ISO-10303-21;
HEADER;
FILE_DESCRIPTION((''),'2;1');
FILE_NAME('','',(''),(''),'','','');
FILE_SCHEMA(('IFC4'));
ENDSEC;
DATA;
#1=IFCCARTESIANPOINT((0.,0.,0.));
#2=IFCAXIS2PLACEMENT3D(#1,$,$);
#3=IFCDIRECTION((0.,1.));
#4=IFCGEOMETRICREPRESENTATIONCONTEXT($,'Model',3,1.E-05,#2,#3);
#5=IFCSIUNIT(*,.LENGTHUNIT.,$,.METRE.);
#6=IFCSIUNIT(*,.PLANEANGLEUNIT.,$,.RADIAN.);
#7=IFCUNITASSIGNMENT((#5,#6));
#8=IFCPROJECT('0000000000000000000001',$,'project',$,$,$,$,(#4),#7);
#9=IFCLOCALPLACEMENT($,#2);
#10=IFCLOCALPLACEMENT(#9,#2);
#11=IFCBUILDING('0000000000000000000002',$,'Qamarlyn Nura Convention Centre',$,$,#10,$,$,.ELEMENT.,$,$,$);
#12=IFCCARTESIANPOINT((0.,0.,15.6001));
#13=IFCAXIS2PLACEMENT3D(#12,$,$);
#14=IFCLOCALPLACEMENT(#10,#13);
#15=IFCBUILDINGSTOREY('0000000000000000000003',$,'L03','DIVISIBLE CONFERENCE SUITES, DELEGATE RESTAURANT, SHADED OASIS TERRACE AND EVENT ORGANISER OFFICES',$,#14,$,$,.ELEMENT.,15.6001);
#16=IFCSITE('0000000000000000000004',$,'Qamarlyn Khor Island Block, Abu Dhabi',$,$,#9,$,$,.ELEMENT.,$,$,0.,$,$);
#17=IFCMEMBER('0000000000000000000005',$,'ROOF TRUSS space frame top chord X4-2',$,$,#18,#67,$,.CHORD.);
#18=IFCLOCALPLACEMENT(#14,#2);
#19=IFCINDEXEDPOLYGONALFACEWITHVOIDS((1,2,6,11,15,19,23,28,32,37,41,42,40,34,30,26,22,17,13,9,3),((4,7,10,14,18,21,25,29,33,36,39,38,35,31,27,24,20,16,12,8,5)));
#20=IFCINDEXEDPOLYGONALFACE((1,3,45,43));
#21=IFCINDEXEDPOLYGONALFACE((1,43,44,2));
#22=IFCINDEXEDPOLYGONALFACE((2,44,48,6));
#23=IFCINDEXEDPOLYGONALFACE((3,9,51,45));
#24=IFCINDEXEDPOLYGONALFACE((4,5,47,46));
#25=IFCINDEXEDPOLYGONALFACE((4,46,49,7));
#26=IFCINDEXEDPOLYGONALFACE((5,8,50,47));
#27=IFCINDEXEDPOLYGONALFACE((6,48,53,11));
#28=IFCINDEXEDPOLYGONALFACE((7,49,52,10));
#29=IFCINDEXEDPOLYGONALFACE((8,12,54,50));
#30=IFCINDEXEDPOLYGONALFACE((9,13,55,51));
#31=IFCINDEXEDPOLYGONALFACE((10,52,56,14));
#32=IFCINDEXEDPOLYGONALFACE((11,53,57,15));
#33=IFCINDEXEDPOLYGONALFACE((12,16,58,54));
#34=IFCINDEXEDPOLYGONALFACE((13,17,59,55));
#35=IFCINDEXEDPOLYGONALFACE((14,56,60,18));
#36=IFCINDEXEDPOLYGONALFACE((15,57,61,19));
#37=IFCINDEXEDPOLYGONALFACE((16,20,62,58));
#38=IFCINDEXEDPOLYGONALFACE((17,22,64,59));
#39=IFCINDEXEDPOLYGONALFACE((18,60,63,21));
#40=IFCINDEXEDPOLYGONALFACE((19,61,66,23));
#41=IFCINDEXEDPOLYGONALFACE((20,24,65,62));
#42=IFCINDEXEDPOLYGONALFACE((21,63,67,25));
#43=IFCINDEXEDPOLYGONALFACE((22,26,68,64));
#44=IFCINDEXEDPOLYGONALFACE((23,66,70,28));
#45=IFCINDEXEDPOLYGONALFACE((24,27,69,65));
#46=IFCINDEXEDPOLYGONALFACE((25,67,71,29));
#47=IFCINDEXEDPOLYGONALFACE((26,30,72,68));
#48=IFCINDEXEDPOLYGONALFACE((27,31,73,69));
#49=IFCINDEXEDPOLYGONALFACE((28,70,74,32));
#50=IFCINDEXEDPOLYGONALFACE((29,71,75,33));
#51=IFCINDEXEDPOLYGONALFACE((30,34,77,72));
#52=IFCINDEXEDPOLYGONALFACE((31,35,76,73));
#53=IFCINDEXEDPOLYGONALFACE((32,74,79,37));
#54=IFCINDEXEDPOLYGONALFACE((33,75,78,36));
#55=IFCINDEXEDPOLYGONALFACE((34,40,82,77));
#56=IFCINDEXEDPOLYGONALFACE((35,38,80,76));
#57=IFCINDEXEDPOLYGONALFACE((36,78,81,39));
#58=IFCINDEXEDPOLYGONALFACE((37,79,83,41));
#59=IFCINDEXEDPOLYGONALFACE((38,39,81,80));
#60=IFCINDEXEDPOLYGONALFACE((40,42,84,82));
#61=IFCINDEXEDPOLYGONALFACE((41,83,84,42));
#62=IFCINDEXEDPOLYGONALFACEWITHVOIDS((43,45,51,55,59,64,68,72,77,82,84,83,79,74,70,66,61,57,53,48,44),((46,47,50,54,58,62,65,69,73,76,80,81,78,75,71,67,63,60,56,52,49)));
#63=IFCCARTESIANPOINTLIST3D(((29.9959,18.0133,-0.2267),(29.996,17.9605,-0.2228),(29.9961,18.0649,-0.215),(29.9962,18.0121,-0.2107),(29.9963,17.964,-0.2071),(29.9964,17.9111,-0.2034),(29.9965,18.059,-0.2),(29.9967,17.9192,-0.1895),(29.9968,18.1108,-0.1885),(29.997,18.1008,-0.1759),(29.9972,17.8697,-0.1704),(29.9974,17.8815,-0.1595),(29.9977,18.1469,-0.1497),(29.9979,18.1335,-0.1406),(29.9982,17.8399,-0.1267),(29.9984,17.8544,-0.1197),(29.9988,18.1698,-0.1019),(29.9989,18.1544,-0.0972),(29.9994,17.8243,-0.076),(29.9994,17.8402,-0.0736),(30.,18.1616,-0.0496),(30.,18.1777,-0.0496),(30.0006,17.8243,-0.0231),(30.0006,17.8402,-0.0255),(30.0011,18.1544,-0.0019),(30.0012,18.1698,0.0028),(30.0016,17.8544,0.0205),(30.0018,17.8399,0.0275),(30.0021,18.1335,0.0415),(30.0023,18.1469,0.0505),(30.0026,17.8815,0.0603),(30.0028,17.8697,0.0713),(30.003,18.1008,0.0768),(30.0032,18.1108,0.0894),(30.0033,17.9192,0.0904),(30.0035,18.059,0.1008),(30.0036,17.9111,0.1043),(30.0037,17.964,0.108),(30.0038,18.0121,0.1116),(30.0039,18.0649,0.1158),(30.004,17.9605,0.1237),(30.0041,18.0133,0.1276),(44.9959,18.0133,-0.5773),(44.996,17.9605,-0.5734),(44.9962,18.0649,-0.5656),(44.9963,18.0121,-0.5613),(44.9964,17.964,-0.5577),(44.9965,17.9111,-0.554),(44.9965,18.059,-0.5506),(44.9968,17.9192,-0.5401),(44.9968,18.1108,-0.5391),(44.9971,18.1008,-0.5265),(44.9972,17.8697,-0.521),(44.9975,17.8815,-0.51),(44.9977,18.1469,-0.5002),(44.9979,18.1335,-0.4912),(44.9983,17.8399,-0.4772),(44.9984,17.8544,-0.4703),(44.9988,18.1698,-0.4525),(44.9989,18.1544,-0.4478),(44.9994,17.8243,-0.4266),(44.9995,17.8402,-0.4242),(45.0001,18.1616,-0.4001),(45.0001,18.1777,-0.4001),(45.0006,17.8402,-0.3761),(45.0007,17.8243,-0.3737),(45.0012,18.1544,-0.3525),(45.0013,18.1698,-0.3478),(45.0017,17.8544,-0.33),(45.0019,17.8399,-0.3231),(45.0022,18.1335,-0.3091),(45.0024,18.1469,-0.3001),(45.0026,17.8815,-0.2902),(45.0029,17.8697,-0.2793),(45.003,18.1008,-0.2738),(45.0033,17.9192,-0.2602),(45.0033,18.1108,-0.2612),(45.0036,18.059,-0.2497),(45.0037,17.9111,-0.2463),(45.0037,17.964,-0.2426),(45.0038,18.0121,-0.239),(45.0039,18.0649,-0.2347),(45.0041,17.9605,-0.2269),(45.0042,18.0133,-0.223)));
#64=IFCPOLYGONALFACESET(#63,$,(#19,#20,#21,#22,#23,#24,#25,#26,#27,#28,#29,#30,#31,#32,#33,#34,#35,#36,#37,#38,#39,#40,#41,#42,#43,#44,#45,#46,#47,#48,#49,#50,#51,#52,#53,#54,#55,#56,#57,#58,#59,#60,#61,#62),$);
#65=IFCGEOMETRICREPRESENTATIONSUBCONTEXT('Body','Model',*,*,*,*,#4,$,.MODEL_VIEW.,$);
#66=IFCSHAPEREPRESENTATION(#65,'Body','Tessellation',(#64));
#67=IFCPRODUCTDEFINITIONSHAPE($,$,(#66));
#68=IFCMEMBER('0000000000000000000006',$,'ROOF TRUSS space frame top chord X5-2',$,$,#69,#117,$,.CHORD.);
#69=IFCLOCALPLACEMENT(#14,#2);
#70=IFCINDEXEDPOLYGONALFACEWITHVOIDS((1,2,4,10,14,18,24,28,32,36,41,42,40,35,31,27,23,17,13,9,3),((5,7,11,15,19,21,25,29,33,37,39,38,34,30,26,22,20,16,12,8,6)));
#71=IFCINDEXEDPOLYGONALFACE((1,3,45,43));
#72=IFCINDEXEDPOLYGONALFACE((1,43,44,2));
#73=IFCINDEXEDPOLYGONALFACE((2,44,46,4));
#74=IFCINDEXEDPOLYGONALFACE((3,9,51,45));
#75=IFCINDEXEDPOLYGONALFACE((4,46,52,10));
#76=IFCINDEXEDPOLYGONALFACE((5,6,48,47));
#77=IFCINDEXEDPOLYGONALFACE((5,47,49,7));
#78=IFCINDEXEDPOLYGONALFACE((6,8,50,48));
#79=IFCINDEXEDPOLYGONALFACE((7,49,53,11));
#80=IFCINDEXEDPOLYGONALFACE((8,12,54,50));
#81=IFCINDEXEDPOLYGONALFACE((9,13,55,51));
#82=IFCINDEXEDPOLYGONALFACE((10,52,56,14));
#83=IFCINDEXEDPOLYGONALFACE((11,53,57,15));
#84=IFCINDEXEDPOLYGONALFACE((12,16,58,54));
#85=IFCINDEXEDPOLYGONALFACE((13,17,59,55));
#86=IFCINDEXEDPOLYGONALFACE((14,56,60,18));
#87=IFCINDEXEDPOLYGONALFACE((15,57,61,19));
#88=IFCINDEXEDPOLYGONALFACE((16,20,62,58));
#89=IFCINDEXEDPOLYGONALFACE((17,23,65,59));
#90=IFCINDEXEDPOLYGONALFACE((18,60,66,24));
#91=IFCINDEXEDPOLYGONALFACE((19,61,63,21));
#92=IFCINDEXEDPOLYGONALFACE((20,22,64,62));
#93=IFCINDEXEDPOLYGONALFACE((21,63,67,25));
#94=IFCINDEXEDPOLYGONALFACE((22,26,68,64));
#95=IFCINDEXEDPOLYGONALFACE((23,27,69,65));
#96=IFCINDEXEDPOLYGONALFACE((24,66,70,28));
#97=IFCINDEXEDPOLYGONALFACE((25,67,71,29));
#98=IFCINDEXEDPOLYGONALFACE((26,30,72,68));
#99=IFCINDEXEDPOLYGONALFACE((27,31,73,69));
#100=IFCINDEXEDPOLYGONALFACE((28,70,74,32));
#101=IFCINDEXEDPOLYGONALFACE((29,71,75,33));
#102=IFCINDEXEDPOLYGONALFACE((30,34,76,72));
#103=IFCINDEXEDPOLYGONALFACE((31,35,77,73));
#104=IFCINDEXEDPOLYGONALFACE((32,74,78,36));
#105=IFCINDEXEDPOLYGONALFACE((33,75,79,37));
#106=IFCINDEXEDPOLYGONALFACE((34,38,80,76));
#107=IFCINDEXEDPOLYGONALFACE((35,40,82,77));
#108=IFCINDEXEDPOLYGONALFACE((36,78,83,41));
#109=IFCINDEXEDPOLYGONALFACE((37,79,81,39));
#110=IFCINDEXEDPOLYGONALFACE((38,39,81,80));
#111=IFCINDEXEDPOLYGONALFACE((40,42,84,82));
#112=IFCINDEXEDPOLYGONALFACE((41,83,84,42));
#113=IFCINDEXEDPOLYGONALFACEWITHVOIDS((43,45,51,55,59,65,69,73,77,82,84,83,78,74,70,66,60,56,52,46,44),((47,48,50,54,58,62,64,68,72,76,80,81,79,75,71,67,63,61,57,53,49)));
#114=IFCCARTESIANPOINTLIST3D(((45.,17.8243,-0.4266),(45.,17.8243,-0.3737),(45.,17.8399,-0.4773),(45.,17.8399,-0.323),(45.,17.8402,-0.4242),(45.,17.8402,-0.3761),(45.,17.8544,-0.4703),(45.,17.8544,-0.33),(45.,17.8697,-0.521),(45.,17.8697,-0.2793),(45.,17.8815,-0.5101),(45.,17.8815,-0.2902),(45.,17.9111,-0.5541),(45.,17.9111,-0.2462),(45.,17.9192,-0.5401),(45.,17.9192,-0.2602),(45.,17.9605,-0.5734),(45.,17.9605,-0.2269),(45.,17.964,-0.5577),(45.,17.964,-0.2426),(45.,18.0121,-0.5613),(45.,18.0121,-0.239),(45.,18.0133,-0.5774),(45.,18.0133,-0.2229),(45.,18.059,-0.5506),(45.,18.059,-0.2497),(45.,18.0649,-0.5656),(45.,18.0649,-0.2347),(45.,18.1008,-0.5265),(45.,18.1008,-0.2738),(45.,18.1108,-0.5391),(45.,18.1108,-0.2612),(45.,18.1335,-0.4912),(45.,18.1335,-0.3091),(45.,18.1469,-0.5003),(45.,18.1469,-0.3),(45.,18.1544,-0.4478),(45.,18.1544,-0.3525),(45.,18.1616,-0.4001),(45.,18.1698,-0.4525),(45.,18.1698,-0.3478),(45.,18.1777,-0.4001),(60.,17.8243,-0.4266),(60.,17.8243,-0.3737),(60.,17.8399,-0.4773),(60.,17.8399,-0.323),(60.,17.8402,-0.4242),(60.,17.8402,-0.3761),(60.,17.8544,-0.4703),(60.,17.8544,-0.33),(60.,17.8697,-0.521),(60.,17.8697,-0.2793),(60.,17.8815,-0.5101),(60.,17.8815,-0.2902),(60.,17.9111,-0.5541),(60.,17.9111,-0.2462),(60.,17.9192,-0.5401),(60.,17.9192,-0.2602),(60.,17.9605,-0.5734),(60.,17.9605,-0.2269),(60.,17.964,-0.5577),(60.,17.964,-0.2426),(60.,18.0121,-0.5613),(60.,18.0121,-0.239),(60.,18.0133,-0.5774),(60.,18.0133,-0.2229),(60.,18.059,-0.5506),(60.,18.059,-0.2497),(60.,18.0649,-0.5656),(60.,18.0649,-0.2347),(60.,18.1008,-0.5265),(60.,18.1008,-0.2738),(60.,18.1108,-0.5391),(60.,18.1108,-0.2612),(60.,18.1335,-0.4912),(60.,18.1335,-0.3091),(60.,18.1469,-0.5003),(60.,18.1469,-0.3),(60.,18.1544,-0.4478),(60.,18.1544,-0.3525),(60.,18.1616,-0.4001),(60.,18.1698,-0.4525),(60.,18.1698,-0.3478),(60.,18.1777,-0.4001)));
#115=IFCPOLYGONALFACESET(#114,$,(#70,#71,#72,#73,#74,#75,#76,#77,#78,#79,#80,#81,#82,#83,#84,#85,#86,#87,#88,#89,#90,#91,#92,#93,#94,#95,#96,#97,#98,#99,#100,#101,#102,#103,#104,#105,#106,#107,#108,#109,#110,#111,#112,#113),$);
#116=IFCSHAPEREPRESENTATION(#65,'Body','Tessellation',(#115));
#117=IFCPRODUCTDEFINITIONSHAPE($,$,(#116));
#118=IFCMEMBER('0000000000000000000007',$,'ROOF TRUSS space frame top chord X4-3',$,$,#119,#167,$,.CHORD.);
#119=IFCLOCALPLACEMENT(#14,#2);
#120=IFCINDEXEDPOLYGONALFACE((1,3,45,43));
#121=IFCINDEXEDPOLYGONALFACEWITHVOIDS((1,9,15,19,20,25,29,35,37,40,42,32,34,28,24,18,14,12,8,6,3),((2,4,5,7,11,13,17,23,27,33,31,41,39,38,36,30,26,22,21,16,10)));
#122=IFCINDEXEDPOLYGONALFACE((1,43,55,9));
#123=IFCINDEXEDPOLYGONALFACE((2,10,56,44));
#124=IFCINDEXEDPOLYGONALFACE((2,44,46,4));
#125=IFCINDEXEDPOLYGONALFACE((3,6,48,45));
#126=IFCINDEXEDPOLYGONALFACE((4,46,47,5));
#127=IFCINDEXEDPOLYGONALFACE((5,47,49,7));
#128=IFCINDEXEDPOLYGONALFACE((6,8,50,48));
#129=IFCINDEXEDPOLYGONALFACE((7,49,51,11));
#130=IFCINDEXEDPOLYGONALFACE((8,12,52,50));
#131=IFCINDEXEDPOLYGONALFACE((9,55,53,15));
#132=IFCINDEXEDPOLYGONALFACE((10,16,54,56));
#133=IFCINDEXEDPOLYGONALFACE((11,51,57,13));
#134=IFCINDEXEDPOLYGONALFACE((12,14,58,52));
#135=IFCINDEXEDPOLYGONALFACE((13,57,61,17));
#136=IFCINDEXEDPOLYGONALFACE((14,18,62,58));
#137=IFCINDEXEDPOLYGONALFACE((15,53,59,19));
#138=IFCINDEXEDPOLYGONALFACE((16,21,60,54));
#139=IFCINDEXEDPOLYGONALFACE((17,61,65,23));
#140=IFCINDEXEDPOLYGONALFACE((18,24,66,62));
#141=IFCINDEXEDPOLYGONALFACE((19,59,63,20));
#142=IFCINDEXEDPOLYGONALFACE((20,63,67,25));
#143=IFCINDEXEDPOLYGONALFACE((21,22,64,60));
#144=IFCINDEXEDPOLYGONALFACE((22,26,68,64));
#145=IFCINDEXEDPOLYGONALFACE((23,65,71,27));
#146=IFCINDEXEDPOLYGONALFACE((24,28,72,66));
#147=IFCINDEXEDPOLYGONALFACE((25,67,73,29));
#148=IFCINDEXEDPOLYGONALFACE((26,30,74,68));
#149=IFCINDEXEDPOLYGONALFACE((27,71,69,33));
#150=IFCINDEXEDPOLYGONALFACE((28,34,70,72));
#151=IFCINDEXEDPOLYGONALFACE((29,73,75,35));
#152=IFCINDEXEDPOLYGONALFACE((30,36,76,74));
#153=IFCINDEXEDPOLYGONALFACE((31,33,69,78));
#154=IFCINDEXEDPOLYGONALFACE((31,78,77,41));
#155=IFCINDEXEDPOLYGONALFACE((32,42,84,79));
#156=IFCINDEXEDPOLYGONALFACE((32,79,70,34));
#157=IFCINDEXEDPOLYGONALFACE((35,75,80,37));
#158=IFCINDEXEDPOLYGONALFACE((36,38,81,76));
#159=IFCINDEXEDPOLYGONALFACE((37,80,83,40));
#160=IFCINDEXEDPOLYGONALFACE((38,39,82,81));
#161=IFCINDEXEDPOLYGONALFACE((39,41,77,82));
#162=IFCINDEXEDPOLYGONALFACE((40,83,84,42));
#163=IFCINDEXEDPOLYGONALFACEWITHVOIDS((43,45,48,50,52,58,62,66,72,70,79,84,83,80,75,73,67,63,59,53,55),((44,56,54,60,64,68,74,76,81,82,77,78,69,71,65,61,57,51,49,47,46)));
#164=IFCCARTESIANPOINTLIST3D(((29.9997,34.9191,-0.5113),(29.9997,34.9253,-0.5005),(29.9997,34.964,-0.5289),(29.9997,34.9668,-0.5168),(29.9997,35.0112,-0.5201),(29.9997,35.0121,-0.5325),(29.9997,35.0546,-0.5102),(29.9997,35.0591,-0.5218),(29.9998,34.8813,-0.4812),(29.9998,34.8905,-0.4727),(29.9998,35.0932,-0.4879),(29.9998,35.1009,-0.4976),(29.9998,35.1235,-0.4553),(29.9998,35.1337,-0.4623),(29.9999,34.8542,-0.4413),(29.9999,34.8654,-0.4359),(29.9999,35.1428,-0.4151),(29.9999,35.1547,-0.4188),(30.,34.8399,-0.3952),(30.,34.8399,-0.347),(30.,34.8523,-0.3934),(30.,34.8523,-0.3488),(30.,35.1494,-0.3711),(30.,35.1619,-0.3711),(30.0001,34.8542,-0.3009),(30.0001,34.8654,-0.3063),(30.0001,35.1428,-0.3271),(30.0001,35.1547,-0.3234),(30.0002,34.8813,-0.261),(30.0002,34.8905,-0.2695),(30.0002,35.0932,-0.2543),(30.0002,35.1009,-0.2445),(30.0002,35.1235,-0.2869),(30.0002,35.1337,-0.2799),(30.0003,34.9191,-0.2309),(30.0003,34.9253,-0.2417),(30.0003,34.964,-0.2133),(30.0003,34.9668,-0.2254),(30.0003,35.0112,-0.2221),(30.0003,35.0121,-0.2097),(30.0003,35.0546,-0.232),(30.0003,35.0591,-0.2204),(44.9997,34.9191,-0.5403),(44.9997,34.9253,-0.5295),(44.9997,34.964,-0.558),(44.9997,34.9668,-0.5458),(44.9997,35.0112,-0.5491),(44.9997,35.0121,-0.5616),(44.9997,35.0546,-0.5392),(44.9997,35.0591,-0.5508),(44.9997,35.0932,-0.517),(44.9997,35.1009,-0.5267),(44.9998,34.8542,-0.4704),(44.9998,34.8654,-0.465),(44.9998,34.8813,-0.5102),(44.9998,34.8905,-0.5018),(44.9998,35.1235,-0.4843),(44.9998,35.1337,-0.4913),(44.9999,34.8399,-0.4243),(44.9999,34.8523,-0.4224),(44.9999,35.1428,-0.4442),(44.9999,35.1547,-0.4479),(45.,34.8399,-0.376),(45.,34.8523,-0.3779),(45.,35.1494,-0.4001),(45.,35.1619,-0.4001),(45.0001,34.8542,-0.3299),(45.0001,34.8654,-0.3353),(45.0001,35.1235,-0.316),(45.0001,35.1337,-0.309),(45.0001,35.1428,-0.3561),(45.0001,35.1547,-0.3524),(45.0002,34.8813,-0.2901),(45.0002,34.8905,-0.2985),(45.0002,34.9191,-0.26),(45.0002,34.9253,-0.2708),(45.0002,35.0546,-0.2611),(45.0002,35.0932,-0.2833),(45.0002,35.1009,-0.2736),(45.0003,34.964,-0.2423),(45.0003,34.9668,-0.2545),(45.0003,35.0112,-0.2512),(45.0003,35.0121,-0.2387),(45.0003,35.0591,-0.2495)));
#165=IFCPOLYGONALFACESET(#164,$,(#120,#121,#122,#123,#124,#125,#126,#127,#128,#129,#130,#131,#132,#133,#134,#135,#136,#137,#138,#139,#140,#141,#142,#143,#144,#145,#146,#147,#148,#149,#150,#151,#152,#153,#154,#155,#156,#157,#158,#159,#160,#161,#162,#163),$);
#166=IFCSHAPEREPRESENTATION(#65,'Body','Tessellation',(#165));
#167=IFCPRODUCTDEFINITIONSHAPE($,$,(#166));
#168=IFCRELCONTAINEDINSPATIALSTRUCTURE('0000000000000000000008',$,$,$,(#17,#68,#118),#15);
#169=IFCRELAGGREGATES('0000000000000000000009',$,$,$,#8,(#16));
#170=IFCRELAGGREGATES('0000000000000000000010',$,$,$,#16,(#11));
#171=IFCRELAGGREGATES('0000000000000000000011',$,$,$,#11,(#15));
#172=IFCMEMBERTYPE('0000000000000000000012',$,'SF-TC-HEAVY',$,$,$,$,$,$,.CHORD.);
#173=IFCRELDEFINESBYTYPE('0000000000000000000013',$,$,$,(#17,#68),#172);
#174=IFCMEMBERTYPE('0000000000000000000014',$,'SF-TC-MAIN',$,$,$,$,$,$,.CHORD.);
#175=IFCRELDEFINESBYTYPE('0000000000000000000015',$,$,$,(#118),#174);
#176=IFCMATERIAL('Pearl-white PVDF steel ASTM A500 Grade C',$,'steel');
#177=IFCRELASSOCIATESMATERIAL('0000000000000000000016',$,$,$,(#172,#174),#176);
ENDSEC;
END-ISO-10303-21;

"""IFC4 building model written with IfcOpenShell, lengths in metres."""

from ifc_helpers import new_model, si_unit, direction, frame, origin, origin_2d, place, context, subcontext, project, spatial, hollow_circle, extrude, material, material_profile, profile_set, type_object, element, save


model = new_model("IFC4")

# Units and contexts
model_context = context("Model", 3, precision=1e-05, world=origin(), true_north=direction((0.0, 1.0)))
body_context = subcontext(model_context, "Body", "Model", "MODEL_VIEW")
ifc_project = project(units=[si_unit("LENGTHUNIT", "METRE"), si_unit("PLANEANGLEUNIT", "RADIAN")], contexts=[model_context])

# Site, building, storey
site_placement = place(None, origin())
site = spatial("IfcSite", under=ifc_project, at=site_placement, Name="Qamarlyn Khor Island Block, Abu Dhabi", CompositionType="ELEMENT", RefElevation=0.0)
building_placement = place(site_placement, origin())
building = spatial("IfcBuilding", under=site, at=building_placement, Name="Qamarlyn Nura Convention Centre", CompositionType="ELEMENT")
storey_placement = place(building_placement, frame((0.0, 0.0, 15.6001)))
storey = spatial("IfcBuildingStorey", under=building, at=storey_placement, Name="L03", Description="DIVISIBLE CONFERENCE SUITES, DELEGATE RESTAURANT, SHADED OASIS TERRACE AND EVENT ORGANISER OFFICES", CompositionType="ELEMENT", Elevation=15.6001)

# Members
ifc_material_1 = material(Name="Pearl-white PVDF steel ASTM A500 Grade C", Category="steel")
ifc_material_profile_1 = material_profile(ifc_material_1, hollow_circle(Radius=0.1777, WallThickness=0.0161, at=origin_2d()), Name="CHS355.6X16")
ifc_profile_set_1 = profile_set([ifc_material_profile_1], Name="Pearl-white PVDF steel ASTM A500 Grade C")
member_type_1 = type_object("IfcMemberType", Name="SF-TC-HEAVY", PredefinedType="CHORD", material=ifc_profile_set_1)
member_1_placement = place(storey_placement, frame((30.0, 18.0, -0.0496), z_axis=(0.999727, 0.0, -0.023366), x_axis=(0.0, 1.0, 0.0)))
element("IfcMember", 1, at=member_1_placement, inside=storey, type_object=member_type_1, Name="ROOF TRUSS space frame top chord X4-2", PredefinedType="CHORD", context=body_context, shape_type="SweptSolid", body=[
    extrude(hollow_circle(Radius=0.1777, WallThickness=0.0161, at=origin_2d()), origin(), (0.0, 0.0, 1.0), 15.0042),
])
member_2_placement = place(storey_placement, frame((45.0, 18.0, -0.4001), z_axis=(1.0, 0.0, 0.0), x_axis=(0.0, 1.0, 0.0)))
element("IfcMember", 2, at=member_2_placement, inside=storey, type_object=member_type_1, Name="ROOF TRUSS space frame top chord X5-2", PredefinedType="CHORD", context=body_context, shape_type="SweptSolid", body=[
    extrude(hollow_circle(Radius=0.1777, WallThickness=0.0161, at=origin_2d()), origin(), (0.0, 0.0, 1.0), 15.0),
])
ifc_material_profile_2 = material_profile(ifc_material_1, hollow_circle(Radius=0.1619, WallThickness=0.0125, at=origin_2d()), Name="CHS323.9X12.5")
ifc_profile_set_2 = profile_set([ifc_material_profile_2], Name="Pearl-white PVDF steel ASTM A500 Grade C")
member_type_2 = type_object("IfcMemberType", Name="SF-TC-MAIN", PredefinedType="CHORD", material=ifc_profile_set_2)
for number, where, z_axis, x_axis, name in (
    (3, (30.0, 35.0, -0.3711), (0.999998, 0.0, -0.001937), (0.0, 1.0, 0.0), "ROOF TRUSS space frame top chord X4-3"),
):
    element("IfcMember", number, at=place(storey_placement, frame(where, z_axis=z_axis, x_axis=x_axis)), inside=storey, type_object=member_type_2, Name=name, PredefinedType="CHORD", context=body_context, shape_type="SweptSolid", body=[
        extrude(hollow_circle(Radius=0.1619, WallThickness=0.0125, at=origin_2d()), origin(), (0.0, 0.0, 1.0), 15.0),
    ])

save(model, "model.ifc")
